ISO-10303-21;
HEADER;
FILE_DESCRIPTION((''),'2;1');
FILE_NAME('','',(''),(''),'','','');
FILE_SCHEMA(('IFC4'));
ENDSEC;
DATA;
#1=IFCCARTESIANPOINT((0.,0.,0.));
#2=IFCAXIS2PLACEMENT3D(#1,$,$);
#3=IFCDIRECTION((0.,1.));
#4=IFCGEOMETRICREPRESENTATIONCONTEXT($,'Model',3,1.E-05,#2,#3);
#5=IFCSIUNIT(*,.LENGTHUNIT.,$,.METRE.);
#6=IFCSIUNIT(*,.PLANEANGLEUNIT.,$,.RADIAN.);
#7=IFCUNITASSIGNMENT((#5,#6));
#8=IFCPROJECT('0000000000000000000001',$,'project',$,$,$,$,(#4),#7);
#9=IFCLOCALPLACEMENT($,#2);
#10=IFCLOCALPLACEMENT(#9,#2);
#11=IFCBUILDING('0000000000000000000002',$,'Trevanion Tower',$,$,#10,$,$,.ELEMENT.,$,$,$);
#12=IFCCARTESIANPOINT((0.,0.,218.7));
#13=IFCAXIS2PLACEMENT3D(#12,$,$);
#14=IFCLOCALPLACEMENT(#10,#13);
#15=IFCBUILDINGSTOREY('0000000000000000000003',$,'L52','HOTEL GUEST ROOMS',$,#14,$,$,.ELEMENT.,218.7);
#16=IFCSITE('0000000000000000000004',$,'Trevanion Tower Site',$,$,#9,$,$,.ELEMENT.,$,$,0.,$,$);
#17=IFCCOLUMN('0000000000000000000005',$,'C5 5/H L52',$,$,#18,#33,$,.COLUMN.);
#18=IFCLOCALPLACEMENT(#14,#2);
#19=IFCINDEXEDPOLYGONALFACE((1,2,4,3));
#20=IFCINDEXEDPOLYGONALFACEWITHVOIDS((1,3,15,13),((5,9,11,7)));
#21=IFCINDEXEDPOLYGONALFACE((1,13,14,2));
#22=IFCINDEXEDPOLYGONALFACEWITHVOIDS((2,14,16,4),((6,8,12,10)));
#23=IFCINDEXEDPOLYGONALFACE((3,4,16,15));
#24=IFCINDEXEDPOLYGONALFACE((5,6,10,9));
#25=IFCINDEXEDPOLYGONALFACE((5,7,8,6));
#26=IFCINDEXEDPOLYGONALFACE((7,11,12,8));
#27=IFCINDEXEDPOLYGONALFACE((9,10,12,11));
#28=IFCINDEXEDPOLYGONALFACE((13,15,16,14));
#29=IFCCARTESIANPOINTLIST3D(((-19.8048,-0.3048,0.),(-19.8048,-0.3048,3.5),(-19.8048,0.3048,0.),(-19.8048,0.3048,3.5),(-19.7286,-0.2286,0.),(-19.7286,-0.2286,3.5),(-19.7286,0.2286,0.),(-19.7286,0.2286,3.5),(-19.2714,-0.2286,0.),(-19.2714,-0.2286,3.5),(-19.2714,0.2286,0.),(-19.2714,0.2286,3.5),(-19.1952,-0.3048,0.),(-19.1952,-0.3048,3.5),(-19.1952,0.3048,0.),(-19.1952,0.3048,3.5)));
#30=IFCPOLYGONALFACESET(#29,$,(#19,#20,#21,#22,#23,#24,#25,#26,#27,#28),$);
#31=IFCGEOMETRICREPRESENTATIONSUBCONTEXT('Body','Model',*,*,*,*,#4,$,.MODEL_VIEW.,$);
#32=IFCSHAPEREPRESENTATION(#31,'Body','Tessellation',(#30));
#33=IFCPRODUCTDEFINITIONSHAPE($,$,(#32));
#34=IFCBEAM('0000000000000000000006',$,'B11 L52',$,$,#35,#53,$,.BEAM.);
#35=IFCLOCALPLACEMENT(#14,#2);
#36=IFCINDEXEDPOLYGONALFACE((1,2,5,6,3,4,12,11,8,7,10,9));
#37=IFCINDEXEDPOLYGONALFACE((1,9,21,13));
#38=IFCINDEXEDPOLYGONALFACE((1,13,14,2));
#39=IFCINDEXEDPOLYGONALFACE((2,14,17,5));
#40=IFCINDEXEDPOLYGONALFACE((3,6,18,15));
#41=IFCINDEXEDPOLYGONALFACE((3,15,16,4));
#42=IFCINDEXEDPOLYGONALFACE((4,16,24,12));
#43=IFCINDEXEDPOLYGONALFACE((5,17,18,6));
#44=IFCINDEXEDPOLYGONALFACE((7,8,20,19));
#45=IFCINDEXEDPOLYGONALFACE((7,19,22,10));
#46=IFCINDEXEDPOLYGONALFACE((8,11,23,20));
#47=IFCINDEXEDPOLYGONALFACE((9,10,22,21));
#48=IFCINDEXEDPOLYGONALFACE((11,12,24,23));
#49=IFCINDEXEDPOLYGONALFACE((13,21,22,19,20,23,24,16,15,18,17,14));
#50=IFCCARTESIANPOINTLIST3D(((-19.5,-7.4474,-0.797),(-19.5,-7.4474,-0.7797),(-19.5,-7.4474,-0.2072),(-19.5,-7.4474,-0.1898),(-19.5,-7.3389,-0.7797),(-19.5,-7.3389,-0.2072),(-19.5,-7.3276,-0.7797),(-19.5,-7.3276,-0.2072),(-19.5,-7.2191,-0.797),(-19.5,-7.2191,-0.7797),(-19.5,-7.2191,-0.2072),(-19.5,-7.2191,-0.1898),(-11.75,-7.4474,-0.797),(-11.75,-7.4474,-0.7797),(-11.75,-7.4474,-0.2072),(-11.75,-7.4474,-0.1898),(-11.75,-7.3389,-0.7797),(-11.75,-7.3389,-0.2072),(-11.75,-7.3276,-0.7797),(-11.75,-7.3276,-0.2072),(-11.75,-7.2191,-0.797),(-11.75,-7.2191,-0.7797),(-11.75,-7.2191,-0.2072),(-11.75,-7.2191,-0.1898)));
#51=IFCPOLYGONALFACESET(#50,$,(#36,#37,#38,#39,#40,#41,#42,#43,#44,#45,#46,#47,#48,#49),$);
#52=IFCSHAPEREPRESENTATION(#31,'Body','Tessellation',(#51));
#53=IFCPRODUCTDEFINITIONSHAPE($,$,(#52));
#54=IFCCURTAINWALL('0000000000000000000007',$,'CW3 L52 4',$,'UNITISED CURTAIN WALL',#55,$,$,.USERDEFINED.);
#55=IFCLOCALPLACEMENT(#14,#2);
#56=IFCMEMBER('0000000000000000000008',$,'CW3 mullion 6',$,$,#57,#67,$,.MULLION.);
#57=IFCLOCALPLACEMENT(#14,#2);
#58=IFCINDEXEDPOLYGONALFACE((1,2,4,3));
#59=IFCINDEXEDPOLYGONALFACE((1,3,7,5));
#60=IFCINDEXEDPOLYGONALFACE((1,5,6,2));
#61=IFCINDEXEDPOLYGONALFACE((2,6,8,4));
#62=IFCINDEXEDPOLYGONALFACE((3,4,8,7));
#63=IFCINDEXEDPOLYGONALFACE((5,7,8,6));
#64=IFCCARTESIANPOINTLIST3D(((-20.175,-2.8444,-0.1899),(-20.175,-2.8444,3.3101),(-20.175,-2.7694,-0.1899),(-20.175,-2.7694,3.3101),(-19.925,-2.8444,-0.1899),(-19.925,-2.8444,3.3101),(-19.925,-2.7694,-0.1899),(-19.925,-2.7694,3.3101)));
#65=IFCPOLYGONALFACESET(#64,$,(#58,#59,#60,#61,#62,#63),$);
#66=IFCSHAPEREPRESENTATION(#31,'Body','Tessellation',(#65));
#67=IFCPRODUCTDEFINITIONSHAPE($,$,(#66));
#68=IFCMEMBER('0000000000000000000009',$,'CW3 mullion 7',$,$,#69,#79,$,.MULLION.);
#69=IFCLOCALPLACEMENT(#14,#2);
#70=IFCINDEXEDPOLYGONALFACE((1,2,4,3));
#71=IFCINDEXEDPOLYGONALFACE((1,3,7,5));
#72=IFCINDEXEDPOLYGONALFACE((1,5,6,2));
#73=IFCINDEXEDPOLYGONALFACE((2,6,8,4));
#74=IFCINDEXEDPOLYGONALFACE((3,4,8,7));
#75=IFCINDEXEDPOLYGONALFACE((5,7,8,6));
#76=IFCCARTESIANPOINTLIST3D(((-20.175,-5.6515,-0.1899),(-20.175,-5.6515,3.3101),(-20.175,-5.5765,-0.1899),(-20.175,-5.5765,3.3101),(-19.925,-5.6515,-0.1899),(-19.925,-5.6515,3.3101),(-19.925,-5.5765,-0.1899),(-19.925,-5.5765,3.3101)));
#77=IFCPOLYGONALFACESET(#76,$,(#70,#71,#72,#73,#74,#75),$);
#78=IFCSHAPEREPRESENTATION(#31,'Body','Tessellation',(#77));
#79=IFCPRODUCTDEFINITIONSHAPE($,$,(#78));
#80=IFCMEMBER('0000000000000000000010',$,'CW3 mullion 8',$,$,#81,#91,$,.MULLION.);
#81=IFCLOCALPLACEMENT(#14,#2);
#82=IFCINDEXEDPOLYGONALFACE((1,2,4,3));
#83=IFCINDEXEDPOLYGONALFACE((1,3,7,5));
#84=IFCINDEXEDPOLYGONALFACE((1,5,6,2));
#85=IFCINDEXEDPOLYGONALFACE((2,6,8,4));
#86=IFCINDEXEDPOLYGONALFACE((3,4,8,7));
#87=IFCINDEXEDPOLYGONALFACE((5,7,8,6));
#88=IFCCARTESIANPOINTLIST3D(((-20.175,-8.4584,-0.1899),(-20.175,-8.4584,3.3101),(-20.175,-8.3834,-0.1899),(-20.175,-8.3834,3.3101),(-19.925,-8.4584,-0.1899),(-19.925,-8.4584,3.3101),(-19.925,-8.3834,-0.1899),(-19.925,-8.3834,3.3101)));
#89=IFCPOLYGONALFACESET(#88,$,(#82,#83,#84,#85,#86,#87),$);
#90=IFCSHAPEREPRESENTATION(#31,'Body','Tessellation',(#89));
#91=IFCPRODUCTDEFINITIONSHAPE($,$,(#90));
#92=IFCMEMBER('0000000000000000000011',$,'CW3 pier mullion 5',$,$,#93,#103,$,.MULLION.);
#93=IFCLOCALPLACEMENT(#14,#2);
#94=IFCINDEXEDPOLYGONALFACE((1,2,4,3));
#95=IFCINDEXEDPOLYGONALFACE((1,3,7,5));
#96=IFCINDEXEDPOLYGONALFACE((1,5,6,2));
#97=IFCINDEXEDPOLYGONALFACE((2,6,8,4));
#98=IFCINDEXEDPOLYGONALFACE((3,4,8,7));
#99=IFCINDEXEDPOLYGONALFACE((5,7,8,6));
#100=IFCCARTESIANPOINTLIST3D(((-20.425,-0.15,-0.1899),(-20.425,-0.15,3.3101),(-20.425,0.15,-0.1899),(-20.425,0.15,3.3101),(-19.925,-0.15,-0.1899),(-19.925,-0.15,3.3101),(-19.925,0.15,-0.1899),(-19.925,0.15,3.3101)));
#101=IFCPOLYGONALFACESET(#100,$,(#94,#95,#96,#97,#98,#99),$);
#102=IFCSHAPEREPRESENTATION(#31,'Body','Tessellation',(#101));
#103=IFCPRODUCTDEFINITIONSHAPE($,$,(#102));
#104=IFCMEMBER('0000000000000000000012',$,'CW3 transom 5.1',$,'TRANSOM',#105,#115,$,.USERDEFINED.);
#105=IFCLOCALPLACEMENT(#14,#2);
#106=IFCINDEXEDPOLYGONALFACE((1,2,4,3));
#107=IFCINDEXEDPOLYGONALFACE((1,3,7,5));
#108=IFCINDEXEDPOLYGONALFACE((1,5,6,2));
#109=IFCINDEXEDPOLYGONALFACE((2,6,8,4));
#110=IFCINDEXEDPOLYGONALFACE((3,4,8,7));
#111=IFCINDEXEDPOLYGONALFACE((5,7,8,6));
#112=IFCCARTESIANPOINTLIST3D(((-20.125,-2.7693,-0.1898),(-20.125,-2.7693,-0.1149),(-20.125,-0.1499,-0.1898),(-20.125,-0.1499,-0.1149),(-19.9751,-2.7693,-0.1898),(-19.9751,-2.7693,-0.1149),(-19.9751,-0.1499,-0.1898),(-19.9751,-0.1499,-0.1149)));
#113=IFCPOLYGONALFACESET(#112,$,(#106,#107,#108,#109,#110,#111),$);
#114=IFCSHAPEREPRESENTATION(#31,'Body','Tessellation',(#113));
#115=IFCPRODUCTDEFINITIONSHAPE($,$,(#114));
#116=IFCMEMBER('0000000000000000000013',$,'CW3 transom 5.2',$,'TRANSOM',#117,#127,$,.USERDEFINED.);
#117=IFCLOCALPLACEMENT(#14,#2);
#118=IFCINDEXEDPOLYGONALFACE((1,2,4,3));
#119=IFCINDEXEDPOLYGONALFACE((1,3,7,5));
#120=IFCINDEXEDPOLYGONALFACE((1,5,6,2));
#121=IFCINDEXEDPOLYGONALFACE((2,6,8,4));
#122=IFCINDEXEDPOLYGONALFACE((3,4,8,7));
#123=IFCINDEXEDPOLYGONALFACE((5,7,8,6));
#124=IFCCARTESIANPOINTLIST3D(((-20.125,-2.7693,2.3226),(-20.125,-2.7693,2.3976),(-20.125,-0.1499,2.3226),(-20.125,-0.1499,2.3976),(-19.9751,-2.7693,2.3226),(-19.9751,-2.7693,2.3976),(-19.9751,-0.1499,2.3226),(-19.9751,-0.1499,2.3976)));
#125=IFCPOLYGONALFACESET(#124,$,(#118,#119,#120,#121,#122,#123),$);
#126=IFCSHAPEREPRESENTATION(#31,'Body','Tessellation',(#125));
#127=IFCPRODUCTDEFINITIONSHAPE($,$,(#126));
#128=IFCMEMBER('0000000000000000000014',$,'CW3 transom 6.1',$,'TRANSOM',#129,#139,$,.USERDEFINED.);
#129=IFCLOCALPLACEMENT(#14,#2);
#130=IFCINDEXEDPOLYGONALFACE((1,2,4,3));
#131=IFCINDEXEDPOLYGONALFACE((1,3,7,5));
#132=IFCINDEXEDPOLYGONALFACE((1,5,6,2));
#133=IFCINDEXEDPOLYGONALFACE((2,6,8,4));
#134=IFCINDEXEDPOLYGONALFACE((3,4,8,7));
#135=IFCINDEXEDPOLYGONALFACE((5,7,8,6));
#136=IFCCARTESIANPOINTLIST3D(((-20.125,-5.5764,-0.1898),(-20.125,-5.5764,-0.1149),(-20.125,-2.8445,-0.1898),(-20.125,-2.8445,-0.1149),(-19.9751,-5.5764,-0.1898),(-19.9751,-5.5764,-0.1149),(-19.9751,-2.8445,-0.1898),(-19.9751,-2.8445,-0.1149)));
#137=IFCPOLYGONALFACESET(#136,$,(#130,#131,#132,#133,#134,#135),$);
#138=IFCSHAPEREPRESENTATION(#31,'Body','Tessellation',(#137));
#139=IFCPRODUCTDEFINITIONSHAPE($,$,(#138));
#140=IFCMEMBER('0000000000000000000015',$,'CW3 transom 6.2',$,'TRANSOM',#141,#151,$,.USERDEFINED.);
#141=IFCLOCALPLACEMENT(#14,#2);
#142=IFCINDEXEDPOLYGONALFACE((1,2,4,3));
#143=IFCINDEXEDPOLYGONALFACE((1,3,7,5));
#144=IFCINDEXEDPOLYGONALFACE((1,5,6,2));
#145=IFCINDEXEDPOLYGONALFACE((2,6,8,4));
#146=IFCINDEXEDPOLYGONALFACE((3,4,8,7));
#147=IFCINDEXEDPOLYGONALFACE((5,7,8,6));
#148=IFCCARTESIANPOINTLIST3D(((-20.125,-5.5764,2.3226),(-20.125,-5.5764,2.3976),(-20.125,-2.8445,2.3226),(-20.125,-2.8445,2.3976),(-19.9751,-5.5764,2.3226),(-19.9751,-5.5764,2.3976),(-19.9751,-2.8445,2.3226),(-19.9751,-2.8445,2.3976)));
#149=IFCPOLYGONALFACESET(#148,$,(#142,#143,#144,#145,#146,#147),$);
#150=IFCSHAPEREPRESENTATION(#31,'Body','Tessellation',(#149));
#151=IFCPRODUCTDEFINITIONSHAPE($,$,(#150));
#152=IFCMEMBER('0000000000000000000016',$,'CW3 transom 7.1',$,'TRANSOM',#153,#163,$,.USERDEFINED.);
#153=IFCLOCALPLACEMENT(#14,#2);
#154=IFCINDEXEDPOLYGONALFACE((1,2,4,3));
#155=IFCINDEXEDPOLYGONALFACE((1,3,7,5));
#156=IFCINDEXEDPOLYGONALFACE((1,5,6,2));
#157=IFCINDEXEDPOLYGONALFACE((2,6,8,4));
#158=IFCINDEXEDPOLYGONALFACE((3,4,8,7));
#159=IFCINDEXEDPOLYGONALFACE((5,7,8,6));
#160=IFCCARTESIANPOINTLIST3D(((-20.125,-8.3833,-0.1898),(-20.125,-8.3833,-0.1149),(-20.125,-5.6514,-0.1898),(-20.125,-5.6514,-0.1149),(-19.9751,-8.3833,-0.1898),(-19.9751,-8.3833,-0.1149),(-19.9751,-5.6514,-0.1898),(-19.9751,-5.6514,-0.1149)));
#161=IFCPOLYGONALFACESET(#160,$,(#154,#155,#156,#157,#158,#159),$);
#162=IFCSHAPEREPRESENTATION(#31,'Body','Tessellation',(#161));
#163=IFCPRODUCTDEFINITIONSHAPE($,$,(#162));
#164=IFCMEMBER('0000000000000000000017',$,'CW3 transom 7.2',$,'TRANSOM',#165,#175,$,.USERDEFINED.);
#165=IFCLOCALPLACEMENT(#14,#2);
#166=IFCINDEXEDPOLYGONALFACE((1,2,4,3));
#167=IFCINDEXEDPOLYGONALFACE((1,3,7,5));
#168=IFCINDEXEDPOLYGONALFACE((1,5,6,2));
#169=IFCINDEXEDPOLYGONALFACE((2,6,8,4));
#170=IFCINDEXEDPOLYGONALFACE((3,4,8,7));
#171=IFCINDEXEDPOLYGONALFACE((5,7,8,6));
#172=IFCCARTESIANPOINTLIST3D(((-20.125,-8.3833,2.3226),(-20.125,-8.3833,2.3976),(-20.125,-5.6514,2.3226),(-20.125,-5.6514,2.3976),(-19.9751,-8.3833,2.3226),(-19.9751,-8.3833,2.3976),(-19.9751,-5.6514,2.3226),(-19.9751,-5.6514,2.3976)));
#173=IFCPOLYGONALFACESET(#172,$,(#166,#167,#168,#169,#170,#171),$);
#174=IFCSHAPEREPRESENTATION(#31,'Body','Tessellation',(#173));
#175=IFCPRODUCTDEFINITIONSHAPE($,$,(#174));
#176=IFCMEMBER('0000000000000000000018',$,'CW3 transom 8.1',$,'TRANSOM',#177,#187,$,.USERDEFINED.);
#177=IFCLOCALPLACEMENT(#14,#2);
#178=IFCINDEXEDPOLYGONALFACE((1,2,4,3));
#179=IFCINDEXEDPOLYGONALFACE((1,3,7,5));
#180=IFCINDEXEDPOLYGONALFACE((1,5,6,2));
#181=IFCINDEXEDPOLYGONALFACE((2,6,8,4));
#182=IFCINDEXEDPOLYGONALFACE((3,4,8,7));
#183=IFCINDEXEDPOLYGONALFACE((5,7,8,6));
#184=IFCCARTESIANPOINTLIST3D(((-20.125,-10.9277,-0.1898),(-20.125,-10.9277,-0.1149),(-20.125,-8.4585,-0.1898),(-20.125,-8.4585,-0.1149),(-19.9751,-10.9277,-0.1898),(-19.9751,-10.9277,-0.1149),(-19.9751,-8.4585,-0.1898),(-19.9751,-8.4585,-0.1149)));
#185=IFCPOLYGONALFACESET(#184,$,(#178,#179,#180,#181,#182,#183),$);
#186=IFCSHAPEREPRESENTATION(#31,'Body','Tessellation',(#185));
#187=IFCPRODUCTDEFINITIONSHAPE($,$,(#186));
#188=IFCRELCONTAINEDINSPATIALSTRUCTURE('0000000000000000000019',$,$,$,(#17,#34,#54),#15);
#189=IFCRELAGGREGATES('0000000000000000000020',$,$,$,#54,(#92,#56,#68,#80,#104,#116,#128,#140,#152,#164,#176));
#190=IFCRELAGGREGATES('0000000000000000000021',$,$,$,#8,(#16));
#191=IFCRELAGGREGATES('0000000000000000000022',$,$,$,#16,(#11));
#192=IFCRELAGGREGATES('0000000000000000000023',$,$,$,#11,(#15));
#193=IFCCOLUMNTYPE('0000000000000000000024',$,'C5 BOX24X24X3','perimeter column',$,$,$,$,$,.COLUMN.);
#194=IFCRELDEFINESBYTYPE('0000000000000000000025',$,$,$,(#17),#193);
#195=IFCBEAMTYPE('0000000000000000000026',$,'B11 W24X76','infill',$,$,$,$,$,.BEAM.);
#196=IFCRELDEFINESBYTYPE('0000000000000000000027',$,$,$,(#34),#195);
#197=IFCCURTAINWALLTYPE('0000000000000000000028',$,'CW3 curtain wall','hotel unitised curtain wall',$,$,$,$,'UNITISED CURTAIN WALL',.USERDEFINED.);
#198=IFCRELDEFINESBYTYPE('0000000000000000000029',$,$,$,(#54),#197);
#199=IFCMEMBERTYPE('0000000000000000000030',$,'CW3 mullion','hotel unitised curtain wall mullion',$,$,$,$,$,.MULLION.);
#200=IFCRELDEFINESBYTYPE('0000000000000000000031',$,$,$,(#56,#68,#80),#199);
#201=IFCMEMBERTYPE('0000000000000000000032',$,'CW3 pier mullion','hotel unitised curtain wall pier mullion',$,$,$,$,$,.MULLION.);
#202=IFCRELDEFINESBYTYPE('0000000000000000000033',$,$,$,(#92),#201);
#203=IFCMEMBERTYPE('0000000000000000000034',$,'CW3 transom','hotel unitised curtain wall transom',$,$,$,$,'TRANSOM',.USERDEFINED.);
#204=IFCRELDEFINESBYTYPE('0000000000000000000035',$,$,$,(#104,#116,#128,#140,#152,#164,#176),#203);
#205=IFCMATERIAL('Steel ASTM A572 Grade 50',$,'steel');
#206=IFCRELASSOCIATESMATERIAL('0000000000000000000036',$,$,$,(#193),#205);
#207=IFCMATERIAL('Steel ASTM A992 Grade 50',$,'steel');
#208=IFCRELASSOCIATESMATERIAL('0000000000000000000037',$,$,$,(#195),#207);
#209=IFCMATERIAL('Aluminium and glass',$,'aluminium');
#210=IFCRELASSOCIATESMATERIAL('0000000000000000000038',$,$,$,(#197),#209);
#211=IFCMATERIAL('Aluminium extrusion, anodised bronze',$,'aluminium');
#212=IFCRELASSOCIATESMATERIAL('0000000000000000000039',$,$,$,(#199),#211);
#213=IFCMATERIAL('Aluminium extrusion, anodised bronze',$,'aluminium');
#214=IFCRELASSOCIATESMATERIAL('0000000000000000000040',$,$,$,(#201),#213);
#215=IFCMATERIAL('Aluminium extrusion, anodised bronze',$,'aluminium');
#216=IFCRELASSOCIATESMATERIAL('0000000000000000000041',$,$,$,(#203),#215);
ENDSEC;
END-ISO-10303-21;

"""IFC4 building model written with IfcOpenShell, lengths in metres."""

from ifc_helpers import new_model, si_unit, direction, frame, origin, origin_2d, place, context, subcontext, project, spatial, rectangle, hollow_rectangle, i_section, extrude, material, material_profile, profile_set, type_object, element, aggregate, save


model = new_model("IFC4")

# Units and contexts
model_context = context("Model", 3, precision=1e-05, world=origin(), true_north=direction((0.0, 1.0)))
body_context = subcontext(model_context, "Body", "Model", "MODEL_VIEW")
ifc_project = project(units=[si_unit("LENGTHUNIT", "METRE"), si_unit("PLANEANGLEUNIT", "RADIAN")], contexts=[model_context])

# Site, building, storey
site_placement = place(None, origin())
site = spatial("IfcSite", under=ifc_project, at=site_placement, Name="Trevanion Tower Site", CompositionType="ELEMENT", RefElevation=0.0)
building_placement = place(site_placement, origin())
building = spatial("IfcBuilding", under=site, at=building_placement, Name="Trevanion Tower", CompositionType="ELEMENT")
storey_placement = place(building_placement, frame((0.0, 0.0, 218.7)))
storey = spatial("IfcBuildingStorey", under=building, at=storey_placement, Name="L52", Description="HOTEL GUEST ROOMS", CompositionType="ELEMENT", Elevation=218.7)

# Column
ifc_material_1 = material(Name="Steel ASTM A572 Grade 50", Category="steel")
ifc_material_profile_1 = material_profile(ifc_material_1, hollow_rectangle(XDim=0.6096, YDim=0.6096, WallThickness=0.0762, at=origin_2d()), Name="BOX24X24X3")
ifc_profile_set_1 = profile_set([ifc_material_profile_1], Name="Steel ASTM A572 Grade 50")
column_type = type_object("IfcColumnType", Name="C5 BOX24X24X3", Description="perimeter column", PredefinedType="COLUMN", material=ifc_profile_set_1)
column_placement = place(storey_placement, frame((-19.5, 0.0, 0.0), z_axis=(0.0, 0.0, 1.0), x_axis=(0.0, 1.0, 0.0)))
element("IfcColumn", 1, at=column_placement, inside=storey, type_object=column_type, Name="C5 5/H L52", PredefinedType="COLUMN", context=body_context, shape_type="SweptSolid", body=[
    extrude(hollow_rectangle(XDim=0.6096, YDim=0.6096, WallThickness=0.0762, at=origin_2d()), origin(), (0.0, 0.0, 1.0), 3.5),
])

# Beam
ifc_material_2 = material(Name="Steel ASTM A992 Grade 50", Category="steel")
ifc_material_profile_2 = material_profile(ifc_material_2, i_section(OverallWidth=0.2283, OverallDepth=0.6072, WebThickness=0.0112, FlangeThickness=0.0173, at=origin_2d()), Name="W24X76")
ifc_profile_set_2 = profile_set([ifc_material_profile_2], Name="Steel ASTM A992 Grade 50")
beam_type_1 = type_object("IfcBeamType", Name="B11 W24X76", Description="infill", PredefinedType="BEAM", material=ifc_profile_set_2)
beam_1_placement = place(storey_placement, frame((-11.75, -7.3333, -0.4934), z_axis=(-1.0, 0.0, 0.0), x_axis=(0.0, -1.0, 0.0)))
element("IfcBeam", 2, at=beam_1_placement, inside=storey, type_object=beam_type_1, Name="B11 L52", PredefinedType="BEAM", context=body_context, shape_type="SweptSolid", body=[
    extrude(i_section(OverallWidth=0.2283, OverallDepth=0.6072, WebThickness=0.0112, FlangeThickness=0.0173, at=origin_2d()), origin(), (0.0, 0.0, 1.0), 7.75),
])

# Curtain wall, members
ifc_material_3 = material(Name="Aluminium and glass", Category="aluminium")
curtain_wall_type = type_object("IfcCurtainWallType", Name="CW3 curtain wall", Description="hotel unitised curtain wall", ElementType="UNITISED CURTAIN WALL", PredefinedType="USERDEFINED", material=ifc_material_3)
curtain_wall_placement = place(storey_placement, origin())
curtain_wall = element("IfcCurtainWall", 3, at=curtain_wall_placement, inside=storey, type_object=curtain_wall_type, Name="CW3 L52 4", ObjectType="UNITISED CURTAIN WALL", PredefinedType="USERDEFINED")
ifc_material_4 = material(Name="Aluminium extrusion, anodised bronze", Category="aluminium")
ifc_material_profile_3 = material_profile(ifc_material_4, rectangle(XDim=0.075, YDim=0.25, at=origin_2d()), Name="CW3 mullion")
ifc_profile_set_3 = profile_set([ifc_material_profile_3], Name="Aluminium extrusion, anodised bronze")
member_type_1 = type_object("IfcMemberType", Name="CW3 mullion", Description="hotel unitised curtain wall mullion", PredefinedType="MULLION", material=ifc_profile_set_3)
member_1_placement = place(storey_placement, frame((-20.05, -2.8069, -0.1899), z_axis=(0.0, 0.0, 1.0), x_axis=(0.0, -1.0, 0.0)))
member_1 = element("IfcMember", 4, at=member_1_placement, type_object=member_type_1, Name="CW3 mullion 6", PredefinedType="MULLION", context=body_context, shape_type="SweptSolid", body=[
    extrude(rectangle(XDim=0.075, YDim=0.25, at=origin_2d()), origin(), (0.0, 0.0, 1.0), 3.5),
])
member_2_placement = place(storey_placement, frame((-20.05, -5.614, -0.1899), z_axis=(0.0, 0.0, 1.0), x_axis=(0.0, -1.0, 0.0)))
member_2 = element("IfcMember", 5, at=member_2_placement, type_object=member_type_1, Name="CW3 mullion 7", PredefinedType="MULLION", context=body_context, shape_type="SweptSolid", body=[
    extrude(rectangle(XDim=0.075, YDim=0.25, at=origin_2d()), origin(), (0.0, 0.0, 1.0), 3.5),
])
member_3_placement = place(storey_placement, frame((-20.05, -8.4209, -0.1899), z_axis=(0.0, 0.0, 1.0), x_axis=(0.0, -1.0, 0.0)))
member_3 = element("IfcMember", 6, at=member_3_placement, type_object=member_type_1, Name="CW3 mullion 8", PredefinedType="MULLION", context=body_context, shape_type="SweptSolid", body=[
    extrude(rectangle(XDim=0.075, YDim=0.25, at=origin_2d()), origin(), (0.0, 0.0, 1.0), 3.5),
])
ifc_material_5 = material(Name="Aluminium extrusion, anodised bronze", Category="aluminium")
ifc_material_profile_4 = material_profile(ifc_material_5, rectangle(XDim=0.3, YDim=0.5, at=origin_2d()), Name="CW3 pier mullion")
ifc_profile_set_4 = profile_set([ifc_material_profile_4], Name="Aluminium extrusion, anodised bronze")
member_type_2 = type_object("IfcMemberType", Name="CW3 pier mullion", Description="hotel unitised curtain wall pier mullion", PredefinedType="MULLION", material=ifc_profile_set_4)
member_4_placement = place(storey_placement, frame((-20.175, 0.0, -0.1899), z_axis=(0.0, 0.0, 1.0), x_axis=(0.0, -1.0, 0.0)))
member_4 = element("IfcMember", 7, at=member_4_placement, type_object=member_type_2, Name="CW3 pier mullion 5", PredefinedType="MULLION", context=body_context, shape_type="SweptSolid", body=[
    extrude(rectangle(XDim=0.3, YDim=0.5, at=origin_2d()), origin(), (0.0, 0.0, 1.0), 3.5),
])
ifc_material_6 = material(Name="Aluminium extrusion, anodised bronze", Category="aluminium")
ifc_material_profile_5 = material_profile(ifc_material_6, rectangle(XDim=0.1499, YDim=0.075, at=origin_2d()), Name="CW3 transom")
ifc_profile_set_5 = profile_set([ifc_material_profile_5], Name="Aluminium extrusion, anodised bronze")
member_type_3 = type_object("IfcMemberType", Name="CW3 transom", Description="hotel unitised curtain wall transom", ElementType="TRANSOM", PredefinedType="USERDEFINED", material=ifc_profile_set_5)
member_5_placement = place(storey_placement, frame((-20.05, -0.1499, -0.1523), z_axis=(0.0, -1.0, 0.0), x_axis=(1.0, 0.0, 0.0)))
member_5 = element("IfcMember", 8, at=member_5_placement, type_object=member_type_3, Name="CW3 transom 5.1", ObjectType="TRANSOM", PredefinedType="USERDEFINED", context=body_context, shape_type="SweptSolid", body=[
    extrude(rectangle(XDim=0.1499, YDim=0.075, at=origin_2d()), origin(), (0.0, 0.0, 1.0), 2.6194),
])
member_6_placement = place(storey_placement, frame((-20.05, -0.1499, 2.3601), z_axis=(0.0, -1.0, 0.0), x_axis=(1.0, 0.0, 0.0)))
member_6 = element("IfcMember", 9, at=member_6_placement, type_object=member_type_3, Name="CW3 transom 5.2", ObjectType="TRANSOM", PredefinedType="USERDEFINED", context=body_context, shape_type="SweptSolid", body=[
    extrude(rectangle(XDim=0.1499, YDim=0.075, at=origin_2d()), origin(), (0.0, 0.0, 1.0), 2.6194),
])
member_7_placement = place(storey_placement, frame((-20.05, -2.8445, -0.1523), z_axis=(0.0, -1.0, 0.0), x_axis=(1.0, 0.0, 0.0)))
member_7 = element("IfcMember", 10, at=member_7_placement, type_object=member_type_3, Name="CW3 transom 6.1", ObjectType="TRANSOM", PredefinedType="USERDEFINED", context=body_context, shape_type="SweptSolid", body=[
    extrude(rectangle(XDim=0.1499, YDim=0.075, at=origin_2d()), origin(), (0.0, 0.0, 1.0), 2.7319),
])
member_8_placement = place(storey_placement, frame((-20.05, -2.8445, 2.3601), z_axis=(0.0, -1.0, 0.0), x_axis=(1.0, 0.0, 0.0)))
member_8 = element("IfcMember", 11, at=member_8_placement, type_object=member_type_3, Name="CW3 transom 6.2", ObjectType="TRANSOM", PredefinedType="USERDEFINED", context=body_context, shape_type="SweptSolid", body=[
    extrude(rectangle(XDim=0.1499, YDim=0.075, at=origin_2d()), origin(), (0.0, 0.0, 1.0), 2.7319),
])
member_9_placement = place(storey_placement, frame((-20.05, -5.6514, -0.1523), z_axis=(0.0, -1.0, 0.0), x_axis=(1.0, 0.0, 0.0)))
member_9 = element("IfcMember", 12, at=member_9_placement, type_object=member_type_3, Name="CW3 transom 7.1", ObjectType="TRANSOM", PredefinedType="USERDEFINED", context=body_context, shape_type="SweptSolid", body=[
    extrude(rectangle(XDim=0.1499, YDim=0.075, at=origin_2d()), origin(), (0.0, 0.0, 1.0), 2.7319),
])
member_10_placement = place(storey_placement, frame((-20.05, -5.6514, 2.3601), z_axis=(0.0, -1.0, 0.0), x_axis=(1.0, 0.0, 0.0)))
member_10 = element("IfcMember", 13, at=member_10_placement, type_object=member_type_3, Name="CW3 transom 7.2", ObjectType="TRANSOM", PredefinedType="USERDEFINED", context=body_context, shape_type="SweptSolid", body=[
    extrude(rectangle(XDim=0.1499, YDim=0.075, at=origin_2d()), origin(), (0.0, 0.0, 1.0), 2.7319),
])
member_11_placement = place(storey_placement, frame((-20.05, -8.4585, -0.1523), z_axis=(0.0, -1.0, 0.0), x_axis=(1.0, 0.0, 0.0)))
member_11 = element("IfcMember", 14, at=member_11_placement, type_object=member_type_3, Name="CW3 transom 8.1", ObjectType="TRANSOM", PredefinedType="USERDEFINED", context=body_context, shape_type="SweptSolid", body=[
    extrude(rectangle(XDim=0.1499, YDim=0.075, at=origin_2d()), origin(), (0.0, 0.0, 1.0), 2.4692),
])

aggregate(curtain_wall, [member_4, member_1, member_2, member_3, member_5, member_6, member_7, member_8, member_9, member_10, member_11])

save(model, "model.ifc")
